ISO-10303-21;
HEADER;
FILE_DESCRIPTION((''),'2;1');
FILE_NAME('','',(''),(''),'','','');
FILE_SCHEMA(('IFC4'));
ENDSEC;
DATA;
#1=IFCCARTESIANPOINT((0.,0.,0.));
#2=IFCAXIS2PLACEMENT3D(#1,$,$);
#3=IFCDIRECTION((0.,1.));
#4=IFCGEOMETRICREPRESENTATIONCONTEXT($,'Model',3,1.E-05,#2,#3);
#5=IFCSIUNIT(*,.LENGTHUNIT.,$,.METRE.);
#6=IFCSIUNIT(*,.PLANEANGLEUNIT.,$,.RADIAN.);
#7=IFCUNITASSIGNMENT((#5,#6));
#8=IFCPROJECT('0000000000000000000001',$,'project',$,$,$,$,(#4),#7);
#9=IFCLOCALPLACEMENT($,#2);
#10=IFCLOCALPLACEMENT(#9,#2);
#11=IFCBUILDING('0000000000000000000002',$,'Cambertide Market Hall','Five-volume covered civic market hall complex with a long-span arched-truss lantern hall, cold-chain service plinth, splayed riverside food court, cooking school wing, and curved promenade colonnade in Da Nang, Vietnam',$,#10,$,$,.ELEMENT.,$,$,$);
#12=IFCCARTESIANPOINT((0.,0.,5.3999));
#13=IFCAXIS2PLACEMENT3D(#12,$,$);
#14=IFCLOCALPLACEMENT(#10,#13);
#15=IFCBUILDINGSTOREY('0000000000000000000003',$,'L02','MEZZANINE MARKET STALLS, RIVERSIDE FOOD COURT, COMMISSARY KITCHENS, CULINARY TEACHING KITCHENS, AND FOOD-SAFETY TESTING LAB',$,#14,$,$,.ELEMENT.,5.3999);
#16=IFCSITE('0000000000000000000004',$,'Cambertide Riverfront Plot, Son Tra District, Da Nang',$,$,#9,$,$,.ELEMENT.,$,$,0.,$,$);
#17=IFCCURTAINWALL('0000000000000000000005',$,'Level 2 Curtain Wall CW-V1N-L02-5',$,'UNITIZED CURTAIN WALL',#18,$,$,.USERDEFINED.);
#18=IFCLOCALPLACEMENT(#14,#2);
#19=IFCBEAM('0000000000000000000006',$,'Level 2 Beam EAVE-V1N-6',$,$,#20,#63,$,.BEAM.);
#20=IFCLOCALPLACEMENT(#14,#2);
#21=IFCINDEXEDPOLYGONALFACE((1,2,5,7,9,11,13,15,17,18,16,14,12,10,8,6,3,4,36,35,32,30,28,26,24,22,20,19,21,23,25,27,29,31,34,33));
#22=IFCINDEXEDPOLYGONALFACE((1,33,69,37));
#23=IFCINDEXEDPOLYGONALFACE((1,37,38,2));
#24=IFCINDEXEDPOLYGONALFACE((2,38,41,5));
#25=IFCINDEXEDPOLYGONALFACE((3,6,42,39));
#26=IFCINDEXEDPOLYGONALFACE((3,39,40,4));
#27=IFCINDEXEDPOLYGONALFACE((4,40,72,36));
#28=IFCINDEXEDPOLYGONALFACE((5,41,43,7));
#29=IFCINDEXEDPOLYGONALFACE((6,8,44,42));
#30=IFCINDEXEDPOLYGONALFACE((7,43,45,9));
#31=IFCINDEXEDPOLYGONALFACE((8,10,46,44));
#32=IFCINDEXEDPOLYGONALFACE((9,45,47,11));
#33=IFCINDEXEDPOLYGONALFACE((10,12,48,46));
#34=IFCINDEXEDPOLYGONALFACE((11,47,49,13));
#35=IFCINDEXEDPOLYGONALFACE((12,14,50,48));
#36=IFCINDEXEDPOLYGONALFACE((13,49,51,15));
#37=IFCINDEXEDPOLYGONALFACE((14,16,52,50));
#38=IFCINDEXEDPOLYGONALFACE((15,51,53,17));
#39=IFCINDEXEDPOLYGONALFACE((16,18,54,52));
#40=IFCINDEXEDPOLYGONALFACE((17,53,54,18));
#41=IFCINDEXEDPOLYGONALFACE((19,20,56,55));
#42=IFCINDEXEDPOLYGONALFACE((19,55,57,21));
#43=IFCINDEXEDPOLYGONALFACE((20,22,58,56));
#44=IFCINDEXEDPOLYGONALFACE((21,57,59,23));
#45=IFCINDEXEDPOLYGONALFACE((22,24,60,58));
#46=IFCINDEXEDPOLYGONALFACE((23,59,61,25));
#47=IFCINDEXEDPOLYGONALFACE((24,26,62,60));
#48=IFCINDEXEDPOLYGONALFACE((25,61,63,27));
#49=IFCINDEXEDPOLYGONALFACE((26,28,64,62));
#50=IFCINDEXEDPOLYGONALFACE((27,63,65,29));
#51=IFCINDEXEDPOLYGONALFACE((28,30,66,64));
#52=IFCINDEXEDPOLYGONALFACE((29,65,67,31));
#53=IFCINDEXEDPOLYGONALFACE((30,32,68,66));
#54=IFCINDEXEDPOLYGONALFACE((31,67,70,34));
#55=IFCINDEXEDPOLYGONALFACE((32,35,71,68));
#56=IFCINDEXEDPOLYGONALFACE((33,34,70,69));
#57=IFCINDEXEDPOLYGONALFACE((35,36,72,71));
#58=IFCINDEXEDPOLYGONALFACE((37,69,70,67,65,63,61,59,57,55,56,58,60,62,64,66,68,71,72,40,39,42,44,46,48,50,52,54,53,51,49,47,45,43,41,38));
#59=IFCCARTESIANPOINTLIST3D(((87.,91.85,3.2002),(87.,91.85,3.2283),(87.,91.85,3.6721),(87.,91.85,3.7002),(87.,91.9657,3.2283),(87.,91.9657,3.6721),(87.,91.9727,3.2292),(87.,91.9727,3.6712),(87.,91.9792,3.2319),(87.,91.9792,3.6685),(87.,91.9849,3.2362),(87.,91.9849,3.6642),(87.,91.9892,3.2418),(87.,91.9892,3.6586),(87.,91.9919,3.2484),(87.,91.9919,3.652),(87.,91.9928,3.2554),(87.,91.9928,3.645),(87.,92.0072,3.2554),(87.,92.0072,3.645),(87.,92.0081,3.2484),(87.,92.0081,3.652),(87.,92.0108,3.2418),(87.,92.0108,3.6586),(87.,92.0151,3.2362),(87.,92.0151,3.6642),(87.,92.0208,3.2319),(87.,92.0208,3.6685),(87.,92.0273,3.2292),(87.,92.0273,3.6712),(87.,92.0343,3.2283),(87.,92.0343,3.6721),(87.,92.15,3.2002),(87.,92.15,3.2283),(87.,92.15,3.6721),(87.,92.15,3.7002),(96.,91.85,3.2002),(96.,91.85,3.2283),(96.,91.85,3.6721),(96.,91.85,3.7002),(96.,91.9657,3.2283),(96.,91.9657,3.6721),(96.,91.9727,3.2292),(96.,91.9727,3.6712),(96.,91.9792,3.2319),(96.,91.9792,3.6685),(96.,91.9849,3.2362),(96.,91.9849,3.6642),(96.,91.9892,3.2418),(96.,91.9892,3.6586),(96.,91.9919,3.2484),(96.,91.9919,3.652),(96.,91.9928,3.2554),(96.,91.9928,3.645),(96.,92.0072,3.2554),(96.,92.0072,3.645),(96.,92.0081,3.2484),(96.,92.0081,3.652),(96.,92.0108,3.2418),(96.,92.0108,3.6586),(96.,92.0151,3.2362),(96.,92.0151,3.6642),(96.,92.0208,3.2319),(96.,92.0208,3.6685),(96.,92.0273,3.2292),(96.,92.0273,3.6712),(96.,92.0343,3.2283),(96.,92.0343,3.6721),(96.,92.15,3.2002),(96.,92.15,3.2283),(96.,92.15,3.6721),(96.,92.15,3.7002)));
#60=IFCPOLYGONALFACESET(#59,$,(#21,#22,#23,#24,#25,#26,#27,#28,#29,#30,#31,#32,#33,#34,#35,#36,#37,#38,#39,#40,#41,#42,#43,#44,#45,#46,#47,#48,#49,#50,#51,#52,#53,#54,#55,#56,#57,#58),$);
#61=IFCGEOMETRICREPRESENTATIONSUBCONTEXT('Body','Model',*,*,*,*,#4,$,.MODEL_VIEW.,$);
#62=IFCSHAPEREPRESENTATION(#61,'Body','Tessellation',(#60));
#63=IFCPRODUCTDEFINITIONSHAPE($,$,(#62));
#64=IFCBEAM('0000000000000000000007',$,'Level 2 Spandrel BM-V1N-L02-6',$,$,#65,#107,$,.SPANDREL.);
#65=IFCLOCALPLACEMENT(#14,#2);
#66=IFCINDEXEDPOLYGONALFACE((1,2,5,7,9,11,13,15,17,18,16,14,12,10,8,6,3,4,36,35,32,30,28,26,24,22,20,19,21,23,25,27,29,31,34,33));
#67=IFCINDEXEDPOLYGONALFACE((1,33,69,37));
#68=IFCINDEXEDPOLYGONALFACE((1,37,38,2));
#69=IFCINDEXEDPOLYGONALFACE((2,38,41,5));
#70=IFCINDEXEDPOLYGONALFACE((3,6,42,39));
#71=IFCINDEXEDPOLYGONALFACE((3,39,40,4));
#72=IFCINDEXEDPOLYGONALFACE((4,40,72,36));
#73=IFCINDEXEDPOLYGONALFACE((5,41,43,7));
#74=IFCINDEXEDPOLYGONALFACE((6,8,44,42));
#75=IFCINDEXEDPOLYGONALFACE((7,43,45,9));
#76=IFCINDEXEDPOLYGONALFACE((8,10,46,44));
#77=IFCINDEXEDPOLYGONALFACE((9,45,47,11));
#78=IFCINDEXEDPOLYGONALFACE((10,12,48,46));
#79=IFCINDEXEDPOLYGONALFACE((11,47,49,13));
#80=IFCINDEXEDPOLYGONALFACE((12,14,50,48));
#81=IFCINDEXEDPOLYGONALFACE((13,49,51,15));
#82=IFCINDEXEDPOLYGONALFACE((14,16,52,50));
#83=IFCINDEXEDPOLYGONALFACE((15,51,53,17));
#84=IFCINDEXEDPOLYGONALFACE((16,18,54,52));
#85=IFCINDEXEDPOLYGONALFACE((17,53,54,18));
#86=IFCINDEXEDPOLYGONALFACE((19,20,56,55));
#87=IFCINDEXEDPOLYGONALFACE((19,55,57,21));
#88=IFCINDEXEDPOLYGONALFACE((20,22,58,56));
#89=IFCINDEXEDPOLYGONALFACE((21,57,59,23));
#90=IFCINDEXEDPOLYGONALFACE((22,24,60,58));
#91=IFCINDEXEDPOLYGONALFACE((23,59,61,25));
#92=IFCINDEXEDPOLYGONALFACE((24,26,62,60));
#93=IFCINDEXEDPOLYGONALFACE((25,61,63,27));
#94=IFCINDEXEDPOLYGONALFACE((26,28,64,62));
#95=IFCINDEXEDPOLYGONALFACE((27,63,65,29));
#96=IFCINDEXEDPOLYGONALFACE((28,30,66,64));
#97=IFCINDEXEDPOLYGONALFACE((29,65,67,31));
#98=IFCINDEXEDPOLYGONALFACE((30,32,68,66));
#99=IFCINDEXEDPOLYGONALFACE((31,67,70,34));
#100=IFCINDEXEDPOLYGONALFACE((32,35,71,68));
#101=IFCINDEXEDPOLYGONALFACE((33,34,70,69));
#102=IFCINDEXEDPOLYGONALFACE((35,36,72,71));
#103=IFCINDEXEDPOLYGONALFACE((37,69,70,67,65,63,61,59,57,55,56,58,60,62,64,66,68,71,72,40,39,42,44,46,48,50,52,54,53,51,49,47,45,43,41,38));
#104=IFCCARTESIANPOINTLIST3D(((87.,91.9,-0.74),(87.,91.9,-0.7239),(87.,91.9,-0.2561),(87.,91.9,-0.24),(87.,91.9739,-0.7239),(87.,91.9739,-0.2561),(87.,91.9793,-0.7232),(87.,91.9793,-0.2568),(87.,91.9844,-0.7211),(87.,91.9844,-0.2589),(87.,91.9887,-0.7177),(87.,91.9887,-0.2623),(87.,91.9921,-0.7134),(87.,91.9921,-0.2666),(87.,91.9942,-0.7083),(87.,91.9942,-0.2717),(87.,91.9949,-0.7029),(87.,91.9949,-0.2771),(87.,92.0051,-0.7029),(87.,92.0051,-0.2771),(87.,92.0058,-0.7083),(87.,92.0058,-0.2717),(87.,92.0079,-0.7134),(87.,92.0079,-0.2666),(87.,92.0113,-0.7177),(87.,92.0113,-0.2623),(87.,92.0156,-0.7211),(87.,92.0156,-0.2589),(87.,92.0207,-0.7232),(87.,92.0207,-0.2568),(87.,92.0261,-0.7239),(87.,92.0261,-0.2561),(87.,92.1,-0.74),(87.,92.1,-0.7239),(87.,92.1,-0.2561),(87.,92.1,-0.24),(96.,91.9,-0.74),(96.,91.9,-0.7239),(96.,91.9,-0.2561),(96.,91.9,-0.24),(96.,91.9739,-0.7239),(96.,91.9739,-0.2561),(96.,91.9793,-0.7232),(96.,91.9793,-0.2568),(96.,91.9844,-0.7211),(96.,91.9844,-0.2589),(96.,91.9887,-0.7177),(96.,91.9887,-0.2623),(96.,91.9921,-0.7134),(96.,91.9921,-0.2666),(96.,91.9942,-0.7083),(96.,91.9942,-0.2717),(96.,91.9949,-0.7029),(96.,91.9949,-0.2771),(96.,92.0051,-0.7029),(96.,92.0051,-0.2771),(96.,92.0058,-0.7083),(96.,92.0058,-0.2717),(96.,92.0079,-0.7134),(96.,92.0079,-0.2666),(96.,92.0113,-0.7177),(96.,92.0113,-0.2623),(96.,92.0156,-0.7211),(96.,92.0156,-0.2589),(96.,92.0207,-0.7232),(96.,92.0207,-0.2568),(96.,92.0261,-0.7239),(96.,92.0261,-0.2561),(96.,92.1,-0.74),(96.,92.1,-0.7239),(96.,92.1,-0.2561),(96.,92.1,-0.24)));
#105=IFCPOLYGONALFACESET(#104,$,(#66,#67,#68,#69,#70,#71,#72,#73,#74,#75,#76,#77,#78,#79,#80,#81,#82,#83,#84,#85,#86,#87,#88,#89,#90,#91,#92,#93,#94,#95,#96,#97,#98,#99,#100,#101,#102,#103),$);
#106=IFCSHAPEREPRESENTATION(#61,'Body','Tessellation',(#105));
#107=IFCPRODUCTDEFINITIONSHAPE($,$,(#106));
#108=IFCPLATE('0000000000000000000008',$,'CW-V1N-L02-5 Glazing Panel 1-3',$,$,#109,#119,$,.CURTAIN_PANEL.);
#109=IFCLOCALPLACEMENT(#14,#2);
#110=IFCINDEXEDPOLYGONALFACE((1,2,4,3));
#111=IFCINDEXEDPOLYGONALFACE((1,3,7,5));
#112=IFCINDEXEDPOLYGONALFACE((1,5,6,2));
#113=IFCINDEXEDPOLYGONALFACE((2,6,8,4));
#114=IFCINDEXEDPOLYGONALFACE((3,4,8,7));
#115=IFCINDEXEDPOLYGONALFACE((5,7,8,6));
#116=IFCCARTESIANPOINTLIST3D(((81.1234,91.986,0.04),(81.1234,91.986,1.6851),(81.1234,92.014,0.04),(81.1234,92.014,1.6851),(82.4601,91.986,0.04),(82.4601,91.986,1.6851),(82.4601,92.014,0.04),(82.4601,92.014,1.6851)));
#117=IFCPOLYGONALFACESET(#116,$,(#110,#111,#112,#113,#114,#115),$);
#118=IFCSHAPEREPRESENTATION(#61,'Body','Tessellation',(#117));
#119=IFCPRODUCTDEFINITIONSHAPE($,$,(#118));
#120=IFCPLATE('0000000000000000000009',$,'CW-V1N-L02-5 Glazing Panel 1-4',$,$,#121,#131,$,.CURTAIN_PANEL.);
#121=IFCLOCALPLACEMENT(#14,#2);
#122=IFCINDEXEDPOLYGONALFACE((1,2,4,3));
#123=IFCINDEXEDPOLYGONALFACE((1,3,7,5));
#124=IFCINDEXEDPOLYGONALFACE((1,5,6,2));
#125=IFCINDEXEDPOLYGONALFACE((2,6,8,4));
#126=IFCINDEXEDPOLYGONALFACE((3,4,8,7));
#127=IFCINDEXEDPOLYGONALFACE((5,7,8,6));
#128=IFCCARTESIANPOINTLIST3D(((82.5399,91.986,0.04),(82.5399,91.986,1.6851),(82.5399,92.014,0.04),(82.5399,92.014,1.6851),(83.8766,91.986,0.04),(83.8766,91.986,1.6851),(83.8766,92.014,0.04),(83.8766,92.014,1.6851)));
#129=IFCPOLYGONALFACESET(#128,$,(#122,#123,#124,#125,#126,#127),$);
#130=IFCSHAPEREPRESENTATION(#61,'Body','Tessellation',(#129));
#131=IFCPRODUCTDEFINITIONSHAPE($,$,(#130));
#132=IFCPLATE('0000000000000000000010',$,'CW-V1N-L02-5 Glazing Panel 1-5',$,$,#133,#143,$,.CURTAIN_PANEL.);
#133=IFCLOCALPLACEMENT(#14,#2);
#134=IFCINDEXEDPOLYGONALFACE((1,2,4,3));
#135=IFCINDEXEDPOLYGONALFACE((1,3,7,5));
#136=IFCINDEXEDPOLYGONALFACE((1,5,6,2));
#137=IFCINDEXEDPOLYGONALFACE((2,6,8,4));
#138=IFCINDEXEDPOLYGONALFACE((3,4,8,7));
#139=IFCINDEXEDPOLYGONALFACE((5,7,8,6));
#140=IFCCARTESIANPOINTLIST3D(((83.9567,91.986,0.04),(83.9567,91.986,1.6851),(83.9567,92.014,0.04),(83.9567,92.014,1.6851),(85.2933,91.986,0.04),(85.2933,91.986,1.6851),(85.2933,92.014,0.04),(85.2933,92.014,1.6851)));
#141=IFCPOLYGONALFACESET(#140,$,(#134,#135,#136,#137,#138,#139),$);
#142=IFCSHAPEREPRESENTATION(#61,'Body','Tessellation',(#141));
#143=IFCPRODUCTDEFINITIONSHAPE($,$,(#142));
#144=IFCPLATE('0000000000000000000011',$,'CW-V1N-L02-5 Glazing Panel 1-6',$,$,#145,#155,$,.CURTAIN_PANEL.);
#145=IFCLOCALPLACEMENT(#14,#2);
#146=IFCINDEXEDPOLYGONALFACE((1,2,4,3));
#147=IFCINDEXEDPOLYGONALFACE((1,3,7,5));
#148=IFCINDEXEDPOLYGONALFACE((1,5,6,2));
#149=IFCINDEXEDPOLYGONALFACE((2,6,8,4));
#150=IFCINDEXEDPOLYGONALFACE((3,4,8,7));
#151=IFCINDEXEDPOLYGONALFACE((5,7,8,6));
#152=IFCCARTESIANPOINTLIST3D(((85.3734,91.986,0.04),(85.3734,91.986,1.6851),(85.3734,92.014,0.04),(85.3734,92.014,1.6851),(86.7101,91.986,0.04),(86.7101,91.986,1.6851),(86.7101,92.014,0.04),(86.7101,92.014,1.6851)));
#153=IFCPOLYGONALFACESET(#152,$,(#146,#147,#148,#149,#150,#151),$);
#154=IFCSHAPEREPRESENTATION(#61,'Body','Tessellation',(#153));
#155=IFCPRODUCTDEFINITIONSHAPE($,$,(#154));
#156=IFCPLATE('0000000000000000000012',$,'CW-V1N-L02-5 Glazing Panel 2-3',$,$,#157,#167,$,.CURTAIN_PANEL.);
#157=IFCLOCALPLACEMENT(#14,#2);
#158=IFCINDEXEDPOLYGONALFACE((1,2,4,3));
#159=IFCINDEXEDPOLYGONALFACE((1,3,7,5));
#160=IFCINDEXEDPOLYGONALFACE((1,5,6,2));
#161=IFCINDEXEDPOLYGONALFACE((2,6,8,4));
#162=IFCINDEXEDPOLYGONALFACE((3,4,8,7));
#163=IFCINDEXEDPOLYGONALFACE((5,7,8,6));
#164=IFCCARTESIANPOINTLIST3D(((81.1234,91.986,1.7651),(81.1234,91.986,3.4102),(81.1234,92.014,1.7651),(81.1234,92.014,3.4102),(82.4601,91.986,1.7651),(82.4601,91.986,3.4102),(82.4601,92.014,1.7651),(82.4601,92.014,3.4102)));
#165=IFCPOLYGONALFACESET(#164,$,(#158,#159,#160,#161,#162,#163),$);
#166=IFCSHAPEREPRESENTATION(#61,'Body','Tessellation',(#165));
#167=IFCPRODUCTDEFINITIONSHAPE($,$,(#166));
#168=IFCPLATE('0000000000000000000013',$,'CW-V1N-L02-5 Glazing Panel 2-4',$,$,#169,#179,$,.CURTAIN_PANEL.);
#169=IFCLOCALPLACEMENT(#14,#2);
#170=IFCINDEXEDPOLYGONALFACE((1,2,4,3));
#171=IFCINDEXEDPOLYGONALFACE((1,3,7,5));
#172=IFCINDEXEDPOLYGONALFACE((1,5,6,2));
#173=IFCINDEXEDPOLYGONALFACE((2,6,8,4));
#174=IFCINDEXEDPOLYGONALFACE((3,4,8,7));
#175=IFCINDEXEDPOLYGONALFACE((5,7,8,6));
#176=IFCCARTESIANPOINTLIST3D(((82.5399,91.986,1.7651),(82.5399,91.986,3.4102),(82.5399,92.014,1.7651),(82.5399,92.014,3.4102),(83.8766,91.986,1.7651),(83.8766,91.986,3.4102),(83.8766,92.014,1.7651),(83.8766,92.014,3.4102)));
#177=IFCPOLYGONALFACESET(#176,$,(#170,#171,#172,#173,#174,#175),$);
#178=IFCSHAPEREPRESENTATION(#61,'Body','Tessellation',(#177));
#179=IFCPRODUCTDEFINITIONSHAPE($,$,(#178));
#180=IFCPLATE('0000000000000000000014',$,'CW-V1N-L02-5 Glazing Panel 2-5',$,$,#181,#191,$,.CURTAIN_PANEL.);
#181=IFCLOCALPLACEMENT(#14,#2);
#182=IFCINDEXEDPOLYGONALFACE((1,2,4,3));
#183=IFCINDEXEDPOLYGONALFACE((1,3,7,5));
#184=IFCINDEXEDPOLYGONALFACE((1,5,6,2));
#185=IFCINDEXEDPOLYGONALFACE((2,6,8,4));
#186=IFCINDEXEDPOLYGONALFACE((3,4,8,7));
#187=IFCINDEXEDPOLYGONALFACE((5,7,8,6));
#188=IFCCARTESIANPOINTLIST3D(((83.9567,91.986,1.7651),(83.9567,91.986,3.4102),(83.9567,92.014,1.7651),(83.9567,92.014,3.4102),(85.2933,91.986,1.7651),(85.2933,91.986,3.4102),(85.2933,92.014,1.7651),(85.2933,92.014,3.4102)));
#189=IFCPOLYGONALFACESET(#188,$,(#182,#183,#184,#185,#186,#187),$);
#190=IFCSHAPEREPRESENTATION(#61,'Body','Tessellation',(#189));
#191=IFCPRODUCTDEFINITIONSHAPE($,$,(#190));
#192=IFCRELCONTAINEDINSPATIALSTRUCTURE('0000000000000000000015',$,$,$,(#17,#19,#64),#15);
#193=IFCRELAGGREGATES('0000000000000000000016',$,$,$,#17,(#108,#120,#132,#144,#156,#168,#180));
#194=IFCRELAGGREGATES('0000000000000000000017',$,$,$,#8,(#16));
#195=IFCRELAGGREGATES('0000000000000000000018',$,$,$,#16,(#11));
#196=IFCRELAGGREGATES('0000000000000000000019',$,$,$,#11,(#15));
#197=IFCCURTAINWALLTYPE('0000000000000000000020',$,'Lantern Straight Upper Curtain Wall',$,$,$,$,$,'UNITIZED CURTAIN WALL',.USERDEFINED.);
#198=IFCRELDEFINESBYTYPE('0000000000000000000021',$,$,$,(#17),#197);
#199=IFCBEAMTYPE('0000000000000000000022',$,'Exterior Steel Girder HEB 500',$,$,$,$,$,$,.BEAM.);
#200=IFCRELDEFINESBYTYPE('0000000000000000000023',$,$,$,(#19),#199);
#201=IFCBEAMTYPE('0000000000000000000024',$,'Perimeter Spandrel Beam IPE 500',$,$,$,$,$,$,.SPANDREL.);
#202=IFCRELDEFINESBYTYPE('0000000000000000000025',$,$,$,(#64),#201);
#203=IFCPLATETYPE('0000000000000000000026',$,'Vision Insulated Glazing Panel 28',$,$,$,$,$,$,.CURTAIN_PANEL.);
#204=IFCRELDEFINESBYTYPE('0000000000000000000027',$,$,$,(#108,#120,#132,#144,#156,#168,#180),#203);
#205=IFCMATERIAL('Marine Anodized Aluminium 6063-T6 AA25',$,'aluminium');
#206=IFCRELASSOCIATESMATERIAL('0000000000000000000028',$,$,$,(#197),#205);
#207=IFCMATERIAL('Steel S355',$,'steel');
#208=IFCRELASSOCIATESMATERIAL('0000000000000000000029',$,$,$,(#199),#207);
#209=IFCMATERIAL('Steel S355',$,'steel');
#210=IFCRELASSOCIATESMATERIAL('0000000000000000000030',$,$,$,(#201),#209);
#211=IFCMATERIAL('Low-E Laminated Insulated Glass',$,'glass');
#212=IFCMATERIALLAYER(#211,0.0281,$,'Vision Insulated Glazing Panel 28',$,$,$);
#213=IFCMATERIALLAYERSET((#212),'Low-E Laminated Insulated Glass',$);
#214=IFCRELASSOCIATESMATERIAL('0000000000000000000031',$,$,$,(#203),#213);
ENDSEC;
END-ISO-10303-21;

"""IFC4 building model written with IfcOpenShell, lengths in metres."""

from ifc_helpers import new_model, si_unit, direction, frame, origin, origin_2d, place, context, subcontext, project, spatial, rectangle, i_section, extrude, material, layer, layer_set, material_profile, profile_set, type_object, element, aggregate, save


model = new_model("IFC4")

# Units and contexts
model_context = context("Model", 3, precision=1e-05, world=origin(), true_north=direction((0.0, 1.0)))
body_context = subcontext(model_context, "Body", "Model", "MODEL_VIEW")
ifc_project = project(units=[si_unit("LENGTHUNIT", "METRE"), si_unit("PLANEANGLEUNIT", "RADIAN")], contexts=[model_context])

# Site, building, storey
site_placement = place(None, origin())
site = spatial("IfcSite", under=ifc_project, at=site_placement, Name="Cambertide Riverfront Plot, Son Tra District, Da Nang", CompositionType="ELEMENT", RefElevation=0.0)
building_placement = place(site_placement, origin())
building = spatial("IfcBuilding", under=site, at=building_placement, Name="Cambertide Market Hall", Description="Five-volume covered civic market hall complex with a long-span arched-truss lantern hall, cold-chain service plinth, splayed riverside food court, cooking school wing, and curved promenade colonnade in Da Nang, Vietnam", CompositionType="ELEMENT")
storey_placement = place(building_placement, frame((0.0, 0.0, 5.3999)))
storey = spatial("IfcBuildingStorey", under=building, at=storey_placement, Name="L02", Description="MEZZANINE MARKET STALLS, RIVERSIDE FOOD COURT, COMMISSARY KITCHENS, CULINARY TEACHING KITCHENS, AND FOOD-SAFETY TESTING LAB", CompositionType="ELEMENT", Elevation=5.3999)

# Curtain wall
ifc_material_1 = material(Name="Marine Anodized Aluminium 6063-T6 AA25", Category="aluminium")
curtain_wall_type = type_object("IfcCurtainWallType", Name="Lantern Straight Upper Curtain Wall", ElementType="UNITIZED CURTAIN WALL", PredefinedType="USERDEFINED", material=ifc_material_1)
curtain_wall_placement = place(storey_placement, origin())
curtain_wall = element("IfcCurtainWall", 1, at=curtain_wall_placement, inside=storey, type_object=curtain_wall_type, Name="Level 2 Curtain Wall CW-V1N-L02-5", ObjectType="UNITIZED CURTAIN WALL", PredefinedType="USERDEFINED")

# Beams
ifc_material_2 = material(Name="Steel S355", Category="steel")
ifc_material_profile_1 = material_profile(ifc_material_2, i_section(OverallWidth=0.3, OverallDepth=0.5, WebThickness=0.0144, FlangeThickness=0.0281, FilletRadius=0.0271, at=origin_2d()), Name="HEB 500")
ifc_profile_set_1 = profile_set([ifc_material_profile_1], Name="Steel S355")
beam_type_1 = type_object("IfcBeamType", Name="Exterior Steel Girder HEB 500", PredefinedType="BEAM", material=ifc_profile_set_1)
beam_1_placement = place(storey_placement, frame((87.0, 92.0, 3.4502), z_axis=(1.0, 0.0, 0.0), x_axis=(0.0, 1.0, 0.0)))
element("IfcBeam", 2, at=beam_1_placement, inside=storey, type_object=beam_type_1, Name="Level 2 Beam EAVE-V1N-6", PredefinedType="BEAM", context=body_context, shape_type="SweptSolid", body=[
    extrude(i_section(OverallWidth=0.3, OverallDepth=0.5, WebThickness=0.0144, FlangeThickness=0.0281, FilletRadius=0.0271, at=origin_2d()), origin(), (0.0, 0.0, 1.0), 9.0),
])
ifc_material_3 = material(Name="Steel S355", Category="steel")
ifc_material_profile_2 = material_profile(ifc_material_3, i_section(OverallWidth=0.2, OverallDepth=0.5, WebThickness=0.0103, FlangeThickness=0.0161, FilletRadius=0.021, at=origin_2d()), Name="IPE 500")
ifc_profile_set_2 = profile_set([ifc_material_profile_2], Name="Steel S355")
beam_type_2 = type_object("IfcBeamType", Name="Perimeter Spandrel Beam IPE 500", PredefinedType="SPANDREL", material=ifc_profile_set_2)
beam_2_placement = place(storey_placement, frame((87.0, 92.0, -0.49), z_axis=(1.0, 0.0, 0.0), x_axis=(0.0, 1.0, 0.0)))
element("IfcBeam", 3, at=beam_2_placement, inside=storey, type_object=beam_type_2, Name="Level 2 Spandrel BM-V1N-L02-6", PredefinedType="SPANDREL", context=body_context, shape_type="SweptSolid", body=[
    extrude(i_section(OverallWidth=0.2, OverallDepth=0.5, WebThickness=0.0103, FlangeThickness=0.0161, FilletRadius=0.021, at=origin_2d()), origin(), (0.0, 0.0, 1.0), 9.0),
])

# Plates
ifc_material_4 = material(Name="Low-E Laminated Insulated Glass", Category="glass")
ifc_layer = layer(ifc_material_4, 0.0281, Name="Vision Insulated Glazing Panel 28")
ifc_layer_set = layer_set([ifc_layer], Name="Low-E Laminated Insulated Glass")
plate_type = type_object("IfcPlateType", Name="Vision Insulated Glazing Panel 28", PredefinedType="CURTAIN_PANEL", material=ifc_layer_set)
plate_1_placement = place(storey_placement, frame((81.7917, 92.0, 0.04), z_axis=(0.0, 0.0, 1.0), x_axis=(1.0, 0.0, 0.0)))
plate_1 = element("IfcPlate", 4, at=plate_1_placement, type_object=plate_type, Name="CW-V1N-L02-5 Glazing Panel 1-3", PredefinedType="CURTAIN_PANEL", context=body_context, shape_type="SweptSolid", body=[
    extrude(rectangle(XDim=1.3367, YDim=0.0281, at=origin_2d()), origin(), (0.0, 0.0, 1.0), 1.645),
])
plate_2_placement = place(storey_placement, frame((83.2083, 92.0, 0.04), z_axis=(0.0, 0.0, 1.0), x_axis=(1.0, 0.0, 0.0)))
plate_2 = element("IfcPlate", 5, at=plate_2_placement, type_object=plate_type, Name="CW-V1N-L02-5 Glazing Panel 1-4", PredefinedType="CURTAIN_PANEL", context=body_context, shape_type="SweptSolid", body=[
    extrude(rectangle(XDim=1.3367, YDim=0.0281, at=origin_2d()), origin(), (0.0, 0.0, 1.0), 1.645),
])
plate_3_placement = place(storey_placement, frame((84.625, 92.0, 0.04), z_axis=(0.0, 0.0, 1.0), x_axis=(1.0, 0.0, 0.0)))
plate_3 = element("IfcPlate", 6, at=plate_3_placement, type_object=plate_type, Name="CW-V1N-L02-5 Glazing Panel 1-5", PredefinedType="CURTAIN_PANEL", context=body_context, shape_type="SweptSolid", body=[
    extrude(rectangle(XDim=1.3367, YDim=0.0281, at=origin_2d()), origin(), (0.0, 0.0, 1.0), 1.645),
])
plate_4_placement = place(storey_placement, frame((86.0417, 92.0, 0.04), z_axis=(0.0, 0.0, 1.0), x_axis=(1.0, 0.0, 0.0)))
plate_4 = element("IfcPlate", 7, at=plate_4_placement, type_object=plate_type, Name="CW-V1N-L02-5 Glazing Panel 1-6", PredefinedType="CURTAIN_PANEL", context=body_context, shape_type="SweptSolid", body=[
    extrude(rectangle(XDim=1.3367, YDim=0.0281, at=origin_2d()), origin(), (0.0, 0.0, 1.0), 1.645),
])
plate_5_placement = place(storey_placement, frame((81.7917, 92.0, 1.7651), z_axis=(0.0, 0.0, 1.0), x_axis=(1.0, 0.0, 0.0)))
plate_5 = element("IfcPlate", 8, at=plate_5_placement, type_object=plate_type, Name="CW-V1N-L02-5 Glazing Panel 2-3", PredefinedType="CURTAIN_PANEL", context=body_context, shape_type="SweptSolid", body=[
    extrude(rectangle(XDim=1.3367, YDim=0.0281, at=origin_2d()), origin(), (0.0, 0.0, 1.0), 1.645),
])
plate_6_placement = place(storey_placement, frame((83.2083, 92.0, 1.7651), z_axis=(0.0, 0.0, 1.0), x_axis=(1.0, 0.0, 0.0)))
plate_6 = element("IfcPlate", 9, at=plate_6_placement, type_object=plate_type, Name="CW-V1N-L02-5 Glazing Panel 2-4", PredefinedType="CURTAIN_PANEL", context=body_context, shape_type="SweptSolid", body=[
    extrude(rectangle(XDim=1.3367, YDim=0.0281, at=origin_2d()), origin(), (0.0, 0.0, 1.0), 1.645),
])
plate_7_placement = place(storey_placement, frame((84.625, 92.0, 1.7651), z_axis=(0.0, 0.0, 1.0), x_axis=(1.0, 0.0, 0.0)))
plate_7 = element("IfcPlate", 10, at=plate_7_placement, type_object=plate_type, Name="CW-V1N-L02-5 Glazing Panel 2-5", PredefinedType="CURTAIN_PANEL", context=body_context, shape_type="SweptSolid", body=[
    extrude(rectangle(XDim=1.3367, YDim=0.0281, at=origin_2d()), origin(), (0.0, 0.0, 1.0), 1.645),
])
aggregate(curtain_wall, [plate_1, plate_2, plate_3, plate_4, plate_5, plate_6, plate_7])

save(model, "model.ifc")
